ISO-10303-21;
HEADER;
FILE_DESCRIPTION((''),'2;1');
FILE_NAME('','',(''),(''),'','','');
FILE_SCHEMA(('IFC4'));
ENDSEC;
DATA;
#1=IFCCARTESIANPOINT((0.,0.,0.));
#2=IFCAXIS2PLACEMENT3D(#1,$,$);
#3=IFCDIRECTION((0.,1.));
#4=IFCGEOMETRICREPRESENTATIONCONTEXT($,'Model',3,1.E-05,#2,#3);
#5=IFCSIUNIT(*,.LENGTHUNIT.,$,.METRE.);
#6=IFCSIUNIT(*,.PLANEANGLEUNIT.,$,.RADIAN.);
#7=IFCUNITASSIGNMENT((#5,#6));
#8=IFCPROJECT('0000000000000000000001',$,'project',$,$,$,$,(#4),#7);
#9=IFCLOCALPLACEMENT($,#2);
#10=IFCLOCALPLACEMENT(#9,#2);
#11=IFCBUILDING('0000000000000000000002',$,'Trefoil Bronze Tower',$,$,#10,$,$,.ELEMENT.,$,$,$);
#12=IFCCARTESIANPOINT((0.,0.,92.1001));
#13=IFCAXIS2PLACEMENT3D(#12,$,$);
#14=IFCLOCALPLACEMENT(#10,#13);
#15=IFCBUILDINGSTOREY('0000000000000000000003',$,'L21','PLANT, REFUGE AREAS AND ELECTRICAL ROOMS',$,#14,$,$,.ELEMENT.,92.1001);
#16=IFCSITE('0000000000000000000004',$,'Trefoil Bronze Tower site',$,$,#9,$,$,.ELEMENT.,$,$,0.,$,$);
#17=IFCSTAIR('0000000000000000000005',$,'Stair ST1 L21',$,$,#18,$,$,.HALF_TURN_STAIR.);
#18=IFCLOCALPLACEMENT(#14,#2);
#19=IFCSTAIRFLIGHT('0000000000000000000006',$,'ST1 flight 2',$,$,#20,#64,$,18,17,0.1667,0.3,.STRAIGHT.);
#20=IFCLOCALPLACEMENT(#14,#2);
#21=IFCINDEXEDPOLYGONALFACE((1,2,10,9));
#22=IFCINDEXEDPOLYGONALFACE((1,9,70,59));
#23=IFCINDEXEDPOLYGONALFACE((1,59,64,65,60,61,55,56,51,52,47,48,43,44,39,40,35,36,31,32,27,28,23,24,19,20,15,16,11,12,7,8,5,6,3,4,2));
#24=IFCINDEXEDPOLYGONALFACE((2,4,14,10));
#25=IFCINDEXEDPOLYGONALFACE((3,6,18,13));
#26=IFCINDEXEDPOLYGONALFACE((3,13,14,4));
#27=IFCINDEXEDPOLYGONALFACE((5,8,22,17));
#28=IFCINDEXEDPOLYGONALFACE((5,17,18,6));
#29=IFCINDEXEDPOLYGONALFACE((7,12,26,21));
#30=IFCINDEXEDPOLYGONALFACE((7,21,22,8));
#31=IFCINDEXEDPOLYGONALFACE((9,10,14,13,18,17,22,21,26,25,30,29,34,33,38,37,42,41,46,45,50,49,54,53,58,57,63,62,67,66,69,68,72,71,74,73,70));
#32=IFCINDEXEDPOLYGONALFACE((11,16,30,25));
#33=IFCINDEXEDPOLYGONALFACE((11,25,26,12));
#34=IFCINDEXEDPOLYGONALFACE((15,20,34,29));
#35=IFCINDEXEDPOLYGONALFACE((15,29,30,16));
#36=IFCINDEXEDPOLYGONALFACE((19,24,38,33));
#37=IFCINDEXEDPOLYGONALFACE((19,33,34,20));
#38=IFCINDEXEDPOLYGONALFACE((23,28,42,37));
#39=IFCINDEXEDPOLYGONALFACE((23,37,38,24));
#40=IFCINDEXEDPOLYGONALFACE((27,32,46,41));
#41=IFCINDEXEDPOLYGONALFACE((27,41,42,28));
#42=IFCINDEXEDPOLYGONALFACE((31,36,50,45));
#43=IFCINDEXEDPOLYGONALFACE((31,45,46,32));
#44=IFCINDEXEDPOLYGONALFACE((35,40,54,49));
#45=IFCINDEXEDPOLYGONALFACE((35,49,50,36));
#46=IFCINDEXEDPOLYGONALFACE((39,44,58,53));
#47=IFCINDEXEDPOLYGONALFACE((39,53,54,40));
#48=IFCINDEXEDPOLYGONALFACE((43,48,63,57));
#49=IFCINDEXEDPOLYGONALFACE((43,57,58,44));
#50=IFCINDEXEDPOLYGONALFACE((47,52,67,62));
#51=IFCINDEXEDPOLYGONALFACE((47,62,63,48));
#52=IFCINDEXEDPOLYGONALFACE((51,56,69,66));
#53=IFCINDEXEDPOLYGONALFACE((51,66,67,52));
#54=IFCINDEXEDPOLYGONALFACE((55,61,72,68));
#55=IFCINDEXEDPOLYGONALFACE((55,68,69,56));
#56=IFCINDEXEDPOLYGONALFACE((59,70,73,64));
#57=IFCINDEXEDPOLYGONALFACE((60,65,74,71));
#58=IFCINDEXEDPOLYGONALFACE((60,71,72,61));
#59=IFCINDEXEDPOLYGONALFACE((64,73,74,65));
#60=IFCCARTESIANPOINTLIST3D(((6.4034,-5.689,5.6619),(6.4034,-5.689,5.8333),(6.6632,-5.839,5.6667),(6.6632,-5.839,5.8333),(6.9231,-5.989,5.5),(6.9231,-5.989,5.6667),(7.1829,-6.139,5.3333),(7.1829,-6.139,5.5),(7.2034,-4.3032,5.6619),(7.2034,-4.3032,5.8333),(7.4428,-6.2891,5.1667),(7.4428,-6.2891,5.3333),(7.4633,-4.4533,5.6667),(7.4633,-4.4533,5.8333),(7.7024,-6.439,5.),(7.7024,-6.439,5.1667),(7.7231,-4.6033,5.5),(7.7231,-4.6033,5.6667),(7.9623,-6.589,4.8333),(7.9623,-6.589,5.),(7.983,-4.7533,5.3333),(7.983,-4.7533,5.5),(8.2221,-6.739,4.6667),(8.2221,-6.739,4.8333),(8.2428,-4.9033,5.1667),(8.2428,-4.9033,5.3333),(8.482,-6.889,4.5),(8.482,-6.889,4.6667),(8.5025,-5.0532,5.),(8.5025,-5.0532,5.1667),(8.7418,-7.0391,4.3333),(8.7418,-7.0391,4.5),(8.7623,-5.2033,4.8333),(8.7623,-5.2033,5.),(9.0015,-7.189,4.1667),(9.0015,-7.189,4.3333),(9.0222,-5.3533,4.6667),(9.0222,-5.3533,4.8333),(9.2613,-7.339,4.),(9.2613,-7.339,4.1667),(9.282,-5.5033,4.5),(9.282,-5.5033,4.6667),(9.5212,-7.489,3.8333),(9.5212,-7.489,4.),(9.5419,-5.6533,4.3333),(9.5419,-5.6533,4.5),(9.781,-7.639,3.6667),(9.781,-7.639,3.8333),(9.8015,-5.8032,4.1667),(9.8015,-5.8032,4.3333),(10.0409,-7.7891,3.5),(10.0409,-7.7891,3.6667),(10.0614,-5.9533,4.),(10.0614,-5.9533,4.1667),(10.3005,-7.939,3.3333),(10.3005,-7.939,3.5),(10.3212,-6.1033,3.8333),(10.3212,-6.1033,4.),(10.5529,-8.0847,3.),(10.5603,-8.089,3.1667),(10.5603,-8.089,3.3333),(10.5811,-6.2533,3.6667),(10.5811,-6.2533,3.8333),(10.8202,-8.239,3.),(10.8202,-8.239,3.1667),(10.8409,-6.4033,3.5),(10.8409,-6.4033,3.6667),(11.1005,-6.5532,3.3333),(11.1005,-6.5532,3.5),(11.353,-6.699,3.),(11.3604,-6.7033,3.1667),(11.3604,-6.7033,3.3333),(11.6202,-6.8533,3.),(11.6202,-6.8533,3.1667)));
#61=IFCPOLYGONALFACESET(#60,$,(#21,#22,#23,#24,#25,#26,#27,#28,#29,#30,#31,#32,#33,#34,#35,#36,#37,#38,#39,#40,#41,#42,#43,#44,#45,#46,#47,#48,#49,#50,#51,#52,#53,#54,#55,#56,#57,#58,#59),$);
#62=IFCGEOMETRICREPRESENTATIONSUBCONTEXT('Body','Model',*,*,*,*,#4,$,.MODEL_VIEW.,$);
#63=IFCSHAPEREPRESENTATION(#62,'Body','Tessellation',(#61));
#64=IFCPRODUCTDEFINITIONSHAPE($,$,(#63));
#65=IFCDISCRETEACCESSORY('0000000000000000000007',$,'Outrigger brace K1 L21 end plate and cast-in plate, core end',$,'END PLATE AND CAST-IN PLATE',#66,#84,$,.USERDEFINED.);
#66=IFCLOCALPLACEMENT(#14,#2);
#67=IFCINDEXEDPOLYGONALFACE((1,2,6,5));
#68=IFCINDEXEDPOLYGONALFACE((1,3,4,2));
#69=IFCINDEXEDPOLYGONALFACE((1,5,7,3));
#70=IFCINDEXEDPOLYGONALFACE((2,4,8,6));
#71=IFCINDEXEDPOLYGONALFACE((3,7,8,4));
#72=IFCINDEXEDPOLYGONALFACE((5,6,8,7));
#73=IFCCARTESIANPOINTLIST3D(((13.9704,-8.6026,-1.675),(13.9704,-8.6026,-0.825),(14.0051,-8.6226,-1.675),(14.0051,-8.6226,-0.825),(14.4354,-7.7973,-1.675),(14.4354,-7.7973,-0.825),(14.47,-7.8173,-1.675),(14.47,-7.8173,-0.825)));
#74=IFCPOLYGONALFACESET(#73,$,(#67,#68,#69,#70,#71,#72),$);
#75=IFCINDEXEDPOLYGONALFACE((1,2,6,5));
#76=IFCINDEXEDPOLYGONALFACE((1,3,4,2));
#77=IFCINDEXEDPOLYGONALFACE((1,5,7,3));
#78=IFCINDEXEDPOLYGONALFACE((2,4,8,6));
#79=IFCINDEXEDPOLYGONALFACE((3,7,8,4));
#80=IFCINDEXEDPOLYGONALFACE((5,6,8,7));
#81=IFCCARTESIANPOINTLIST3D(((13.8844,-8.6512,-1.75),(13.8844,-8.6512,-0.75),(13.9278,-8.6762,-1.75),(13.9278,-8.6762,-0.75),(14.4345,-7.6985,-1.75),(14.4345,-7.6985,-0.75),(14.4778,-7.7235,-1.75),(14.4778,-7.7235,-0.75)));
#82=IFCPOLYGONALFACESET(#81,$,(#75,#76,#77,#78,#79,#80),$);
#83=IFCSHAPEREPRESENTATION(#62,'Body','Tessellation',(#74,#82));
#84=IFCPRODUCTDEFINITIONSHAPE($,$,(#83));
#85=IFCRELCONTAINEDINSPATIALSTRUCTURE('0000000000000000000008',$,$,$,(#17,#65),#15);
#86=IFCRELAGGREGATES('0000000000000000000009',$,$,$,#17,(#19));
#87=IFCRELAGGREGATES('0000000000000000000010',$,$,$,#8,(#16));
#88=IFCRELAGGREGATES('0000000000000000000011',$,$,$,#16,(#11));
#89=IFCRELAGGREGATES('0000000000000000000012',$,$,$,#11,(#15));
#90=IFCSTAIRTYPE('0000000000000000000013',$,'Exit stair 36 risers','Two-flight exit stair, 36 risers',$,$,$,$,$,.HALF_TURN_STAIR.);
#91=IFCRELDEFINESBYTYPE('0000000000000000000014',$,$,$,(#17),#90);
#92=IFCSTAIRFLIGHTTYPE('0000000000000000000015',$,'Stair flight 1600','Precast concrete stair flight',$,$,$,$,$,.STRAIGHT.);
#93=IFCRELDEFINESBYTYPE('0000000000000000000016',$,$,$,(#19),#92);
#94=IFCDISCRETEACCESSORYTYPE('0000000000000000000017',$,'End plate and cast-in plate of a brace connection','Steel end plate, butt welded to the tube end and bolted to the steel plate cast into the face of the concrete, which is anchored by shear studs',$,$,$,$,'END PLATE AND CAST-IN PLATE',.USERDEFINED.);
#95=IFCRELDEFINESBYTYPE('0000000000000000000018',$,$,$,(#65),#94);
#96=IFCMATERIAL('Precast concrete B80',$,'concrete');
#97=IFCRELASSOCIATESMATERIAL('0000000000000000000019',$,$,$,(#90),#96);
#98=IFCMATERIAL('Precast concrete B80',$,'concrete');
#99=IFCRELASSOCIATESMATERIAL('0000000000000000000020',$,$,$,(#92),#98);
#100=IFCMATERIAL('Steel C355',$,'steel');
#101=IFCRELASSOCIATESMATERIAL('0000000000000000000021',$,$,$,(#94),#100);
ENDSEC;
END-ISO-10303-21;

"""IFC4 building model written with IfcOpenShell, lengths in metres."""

from ifc_helpers import new_model, si_unit, direction, frame, origin, origin_2d, place, context, subcontext, project, spatial, polyline, rectangle, outline, extrude, material, type_object, element, aggregate, save


model = new_model("IFC4")

# Units and contexts
model_context = context("Model", 3, precision=1e-05, world=origin(), true_north=direction((0.0, 1.0)))
body_context = subcontext(model_context, "Body", "Model", "MODEL_VIEW")
ifc_project = project(units=[si_unit("LENGTHUNIT", "METRE"), si_unit("PLANEANGLEUNIT", "RADIAN")], contexts=[model_context])

# Site, building, storey
site_placement = place(None, origin())
site = spatial("IfcSite", under=ifc_project, at=site_placement, Name="Trefoil Bronze Tower site", CompositionType="ELEMENT", RefElevation=0.0)
building_placement = place(site_placement, origin())
building = spatial("IfcBuilding", under=site, at=building_placement, Name="Trefoil Bronze Tower", CompositionType="ELEMENT")
storey_placement = place(building_placement, frame((0.0, 0.0, 92.1001)))
storey = spatial("IfcBuildingStorey", under=building, at=storey_placement, Name="L21", Description="PLANT, REFUGE AREAS AND ELECTRICAL ROOMS", CompositionType="ELEMENT", Elevation=92.1001)

# Stair, stair flight
ifc_material_1 = material(Name="Precast concrete B80", Category="concrete")
stair_type = type_object("IfcStairType", Name="Exit stair 36 risers", Description="Two-flight exit stair, 36 risers", PredefinedType="HALF_TURN_STAIR", material=ifc_material_1)
stair_placement = place(storey_placement, origin())
stair = element("IfcStair", 1, at=stair_placement, inside=storey, type_object=stair_type, Name="Stair ST1 L21", PredefinedType="HALF_TURN_STAIR")
ifc_material_2 = material(Name="Precast concrete B80", Category="concrete")
stair_flight_type = type_object("IfcStairFlightType", Name="Stair flight 1600", Description="Precast concrete stair flight", PredefinedType="STRAIGHT", material=ifc_material_2)
stair_flight_placement = place(storey_placement, frame((11.2202, -7.5461, 3.0), z_axis=(0.0, 0.0, 1.0), x_axis=(-0.866025, 0.5, 0.0)))
stair_flight = element("IfcStairFlight", 2, at=stair_flight_placement, type_object=stair_flight_type, Name="ST1 flight 2", NumberOfRisers=18, NumberOfTreads=17, PredefinedType="STRAIGHT", RiserHeight=0.1667, TreadLength=0.3, context=body_context, shape_type="SweptSolid", body=[
    extrude(outline(polyline([(0.0, 0.0), (0.0, 0.1667), (0.3, 0.1667), (0.3, 0.3333), (0.6001, 0.3333), (0.6001, 0.5), (0.8999, 0.5), (0.8999, 0.6667), (1.2, 0.6667), (1.2, 0.8333), (1.5, 0.8333), (1.5, 1.0), (1.8, 1.0), (1.8, 1.1667), (2.1001, 1.1667), (2.1001, 1.3333), (2.3999, 1.3333), (2.3999, 1.5), (2.7, 1.5), (2.7, 1.6667), (3.0, 1.6667), (3.0, 1.8333), (3.3, 1.8333), (3.3, 2.0), (3.6001, 2.0), (3.6001, 2.1667), (3.8999, 2.1667), (3.8999, 2.3333), (4.2, 2.3333), (4.2, 2.5), (4.5, 2.5), (4.5, 2.6667), (4.8, 2.6667), (4.8, 2.8333), (5.1001, 2.8333), (5.1001, 3.0), (5.1001, 2.6619), (0.3086, 0.0), (0.0, 0.0)])), frame((0.0, 0.8, 0.0), z_axis=(0.0, -1.0, 0.0), x_axis=(1.0, 0.0, 0.0)), (0.0, 0.0, 1.0), 1.6001),
])
aggregate(stair, [stair_flight])

# Discrete accessory
ifc_material_3 = material(Name="Steel C355", Category="steel")
discrete_accessory_type = type_object("IfcDiscreteAccessoryType", Name="End plate and cast-in plate of a brace connection", Description="Steel end plate, butt welded to the tube end and bolted to the steel plate cast into the face of the concrete, which is anchored by shear studs", ElementType="END PLATE AND CAST-IN PLATE", PredefinedType="USERDEFINED", material=ifc_material_3)
discrete_accessory_placement = place(storey_placement, frame((14.2029, -8.2, -1.25), z_axis=(0.0, 0.0, 1.0), x_axis=(0.866025, -0.5, 0.0)))
element("IfcDiscreteAccessory", 3, at=discrete_accessory_placement, inside=storey, type_object=discrete_accessory_type, Name="Outrigger brace K1 L21 end plate and cast-in plate, core end", ObjectType="END PLATE AND CAST-IN PLATE", PredefinedType="USERDEFINED", context=body_context, shape_type="SweptSolid", body=[
    extrude(rectangle(XDim=0.04, YDim=0.9299, at=origin_2d()), frame((0.02, 0.0, -0.425)), (0.0, 0.0, 1.0), 0.8501),
    extrude(rectangle(XDim=0.05, YDim=1.1001, at=origin_2d()), frame((-0.0251, 0.0, -0.5)), (0.0, 0.0, 1.0), 1.0),
])

save(model, "model.ifc")
